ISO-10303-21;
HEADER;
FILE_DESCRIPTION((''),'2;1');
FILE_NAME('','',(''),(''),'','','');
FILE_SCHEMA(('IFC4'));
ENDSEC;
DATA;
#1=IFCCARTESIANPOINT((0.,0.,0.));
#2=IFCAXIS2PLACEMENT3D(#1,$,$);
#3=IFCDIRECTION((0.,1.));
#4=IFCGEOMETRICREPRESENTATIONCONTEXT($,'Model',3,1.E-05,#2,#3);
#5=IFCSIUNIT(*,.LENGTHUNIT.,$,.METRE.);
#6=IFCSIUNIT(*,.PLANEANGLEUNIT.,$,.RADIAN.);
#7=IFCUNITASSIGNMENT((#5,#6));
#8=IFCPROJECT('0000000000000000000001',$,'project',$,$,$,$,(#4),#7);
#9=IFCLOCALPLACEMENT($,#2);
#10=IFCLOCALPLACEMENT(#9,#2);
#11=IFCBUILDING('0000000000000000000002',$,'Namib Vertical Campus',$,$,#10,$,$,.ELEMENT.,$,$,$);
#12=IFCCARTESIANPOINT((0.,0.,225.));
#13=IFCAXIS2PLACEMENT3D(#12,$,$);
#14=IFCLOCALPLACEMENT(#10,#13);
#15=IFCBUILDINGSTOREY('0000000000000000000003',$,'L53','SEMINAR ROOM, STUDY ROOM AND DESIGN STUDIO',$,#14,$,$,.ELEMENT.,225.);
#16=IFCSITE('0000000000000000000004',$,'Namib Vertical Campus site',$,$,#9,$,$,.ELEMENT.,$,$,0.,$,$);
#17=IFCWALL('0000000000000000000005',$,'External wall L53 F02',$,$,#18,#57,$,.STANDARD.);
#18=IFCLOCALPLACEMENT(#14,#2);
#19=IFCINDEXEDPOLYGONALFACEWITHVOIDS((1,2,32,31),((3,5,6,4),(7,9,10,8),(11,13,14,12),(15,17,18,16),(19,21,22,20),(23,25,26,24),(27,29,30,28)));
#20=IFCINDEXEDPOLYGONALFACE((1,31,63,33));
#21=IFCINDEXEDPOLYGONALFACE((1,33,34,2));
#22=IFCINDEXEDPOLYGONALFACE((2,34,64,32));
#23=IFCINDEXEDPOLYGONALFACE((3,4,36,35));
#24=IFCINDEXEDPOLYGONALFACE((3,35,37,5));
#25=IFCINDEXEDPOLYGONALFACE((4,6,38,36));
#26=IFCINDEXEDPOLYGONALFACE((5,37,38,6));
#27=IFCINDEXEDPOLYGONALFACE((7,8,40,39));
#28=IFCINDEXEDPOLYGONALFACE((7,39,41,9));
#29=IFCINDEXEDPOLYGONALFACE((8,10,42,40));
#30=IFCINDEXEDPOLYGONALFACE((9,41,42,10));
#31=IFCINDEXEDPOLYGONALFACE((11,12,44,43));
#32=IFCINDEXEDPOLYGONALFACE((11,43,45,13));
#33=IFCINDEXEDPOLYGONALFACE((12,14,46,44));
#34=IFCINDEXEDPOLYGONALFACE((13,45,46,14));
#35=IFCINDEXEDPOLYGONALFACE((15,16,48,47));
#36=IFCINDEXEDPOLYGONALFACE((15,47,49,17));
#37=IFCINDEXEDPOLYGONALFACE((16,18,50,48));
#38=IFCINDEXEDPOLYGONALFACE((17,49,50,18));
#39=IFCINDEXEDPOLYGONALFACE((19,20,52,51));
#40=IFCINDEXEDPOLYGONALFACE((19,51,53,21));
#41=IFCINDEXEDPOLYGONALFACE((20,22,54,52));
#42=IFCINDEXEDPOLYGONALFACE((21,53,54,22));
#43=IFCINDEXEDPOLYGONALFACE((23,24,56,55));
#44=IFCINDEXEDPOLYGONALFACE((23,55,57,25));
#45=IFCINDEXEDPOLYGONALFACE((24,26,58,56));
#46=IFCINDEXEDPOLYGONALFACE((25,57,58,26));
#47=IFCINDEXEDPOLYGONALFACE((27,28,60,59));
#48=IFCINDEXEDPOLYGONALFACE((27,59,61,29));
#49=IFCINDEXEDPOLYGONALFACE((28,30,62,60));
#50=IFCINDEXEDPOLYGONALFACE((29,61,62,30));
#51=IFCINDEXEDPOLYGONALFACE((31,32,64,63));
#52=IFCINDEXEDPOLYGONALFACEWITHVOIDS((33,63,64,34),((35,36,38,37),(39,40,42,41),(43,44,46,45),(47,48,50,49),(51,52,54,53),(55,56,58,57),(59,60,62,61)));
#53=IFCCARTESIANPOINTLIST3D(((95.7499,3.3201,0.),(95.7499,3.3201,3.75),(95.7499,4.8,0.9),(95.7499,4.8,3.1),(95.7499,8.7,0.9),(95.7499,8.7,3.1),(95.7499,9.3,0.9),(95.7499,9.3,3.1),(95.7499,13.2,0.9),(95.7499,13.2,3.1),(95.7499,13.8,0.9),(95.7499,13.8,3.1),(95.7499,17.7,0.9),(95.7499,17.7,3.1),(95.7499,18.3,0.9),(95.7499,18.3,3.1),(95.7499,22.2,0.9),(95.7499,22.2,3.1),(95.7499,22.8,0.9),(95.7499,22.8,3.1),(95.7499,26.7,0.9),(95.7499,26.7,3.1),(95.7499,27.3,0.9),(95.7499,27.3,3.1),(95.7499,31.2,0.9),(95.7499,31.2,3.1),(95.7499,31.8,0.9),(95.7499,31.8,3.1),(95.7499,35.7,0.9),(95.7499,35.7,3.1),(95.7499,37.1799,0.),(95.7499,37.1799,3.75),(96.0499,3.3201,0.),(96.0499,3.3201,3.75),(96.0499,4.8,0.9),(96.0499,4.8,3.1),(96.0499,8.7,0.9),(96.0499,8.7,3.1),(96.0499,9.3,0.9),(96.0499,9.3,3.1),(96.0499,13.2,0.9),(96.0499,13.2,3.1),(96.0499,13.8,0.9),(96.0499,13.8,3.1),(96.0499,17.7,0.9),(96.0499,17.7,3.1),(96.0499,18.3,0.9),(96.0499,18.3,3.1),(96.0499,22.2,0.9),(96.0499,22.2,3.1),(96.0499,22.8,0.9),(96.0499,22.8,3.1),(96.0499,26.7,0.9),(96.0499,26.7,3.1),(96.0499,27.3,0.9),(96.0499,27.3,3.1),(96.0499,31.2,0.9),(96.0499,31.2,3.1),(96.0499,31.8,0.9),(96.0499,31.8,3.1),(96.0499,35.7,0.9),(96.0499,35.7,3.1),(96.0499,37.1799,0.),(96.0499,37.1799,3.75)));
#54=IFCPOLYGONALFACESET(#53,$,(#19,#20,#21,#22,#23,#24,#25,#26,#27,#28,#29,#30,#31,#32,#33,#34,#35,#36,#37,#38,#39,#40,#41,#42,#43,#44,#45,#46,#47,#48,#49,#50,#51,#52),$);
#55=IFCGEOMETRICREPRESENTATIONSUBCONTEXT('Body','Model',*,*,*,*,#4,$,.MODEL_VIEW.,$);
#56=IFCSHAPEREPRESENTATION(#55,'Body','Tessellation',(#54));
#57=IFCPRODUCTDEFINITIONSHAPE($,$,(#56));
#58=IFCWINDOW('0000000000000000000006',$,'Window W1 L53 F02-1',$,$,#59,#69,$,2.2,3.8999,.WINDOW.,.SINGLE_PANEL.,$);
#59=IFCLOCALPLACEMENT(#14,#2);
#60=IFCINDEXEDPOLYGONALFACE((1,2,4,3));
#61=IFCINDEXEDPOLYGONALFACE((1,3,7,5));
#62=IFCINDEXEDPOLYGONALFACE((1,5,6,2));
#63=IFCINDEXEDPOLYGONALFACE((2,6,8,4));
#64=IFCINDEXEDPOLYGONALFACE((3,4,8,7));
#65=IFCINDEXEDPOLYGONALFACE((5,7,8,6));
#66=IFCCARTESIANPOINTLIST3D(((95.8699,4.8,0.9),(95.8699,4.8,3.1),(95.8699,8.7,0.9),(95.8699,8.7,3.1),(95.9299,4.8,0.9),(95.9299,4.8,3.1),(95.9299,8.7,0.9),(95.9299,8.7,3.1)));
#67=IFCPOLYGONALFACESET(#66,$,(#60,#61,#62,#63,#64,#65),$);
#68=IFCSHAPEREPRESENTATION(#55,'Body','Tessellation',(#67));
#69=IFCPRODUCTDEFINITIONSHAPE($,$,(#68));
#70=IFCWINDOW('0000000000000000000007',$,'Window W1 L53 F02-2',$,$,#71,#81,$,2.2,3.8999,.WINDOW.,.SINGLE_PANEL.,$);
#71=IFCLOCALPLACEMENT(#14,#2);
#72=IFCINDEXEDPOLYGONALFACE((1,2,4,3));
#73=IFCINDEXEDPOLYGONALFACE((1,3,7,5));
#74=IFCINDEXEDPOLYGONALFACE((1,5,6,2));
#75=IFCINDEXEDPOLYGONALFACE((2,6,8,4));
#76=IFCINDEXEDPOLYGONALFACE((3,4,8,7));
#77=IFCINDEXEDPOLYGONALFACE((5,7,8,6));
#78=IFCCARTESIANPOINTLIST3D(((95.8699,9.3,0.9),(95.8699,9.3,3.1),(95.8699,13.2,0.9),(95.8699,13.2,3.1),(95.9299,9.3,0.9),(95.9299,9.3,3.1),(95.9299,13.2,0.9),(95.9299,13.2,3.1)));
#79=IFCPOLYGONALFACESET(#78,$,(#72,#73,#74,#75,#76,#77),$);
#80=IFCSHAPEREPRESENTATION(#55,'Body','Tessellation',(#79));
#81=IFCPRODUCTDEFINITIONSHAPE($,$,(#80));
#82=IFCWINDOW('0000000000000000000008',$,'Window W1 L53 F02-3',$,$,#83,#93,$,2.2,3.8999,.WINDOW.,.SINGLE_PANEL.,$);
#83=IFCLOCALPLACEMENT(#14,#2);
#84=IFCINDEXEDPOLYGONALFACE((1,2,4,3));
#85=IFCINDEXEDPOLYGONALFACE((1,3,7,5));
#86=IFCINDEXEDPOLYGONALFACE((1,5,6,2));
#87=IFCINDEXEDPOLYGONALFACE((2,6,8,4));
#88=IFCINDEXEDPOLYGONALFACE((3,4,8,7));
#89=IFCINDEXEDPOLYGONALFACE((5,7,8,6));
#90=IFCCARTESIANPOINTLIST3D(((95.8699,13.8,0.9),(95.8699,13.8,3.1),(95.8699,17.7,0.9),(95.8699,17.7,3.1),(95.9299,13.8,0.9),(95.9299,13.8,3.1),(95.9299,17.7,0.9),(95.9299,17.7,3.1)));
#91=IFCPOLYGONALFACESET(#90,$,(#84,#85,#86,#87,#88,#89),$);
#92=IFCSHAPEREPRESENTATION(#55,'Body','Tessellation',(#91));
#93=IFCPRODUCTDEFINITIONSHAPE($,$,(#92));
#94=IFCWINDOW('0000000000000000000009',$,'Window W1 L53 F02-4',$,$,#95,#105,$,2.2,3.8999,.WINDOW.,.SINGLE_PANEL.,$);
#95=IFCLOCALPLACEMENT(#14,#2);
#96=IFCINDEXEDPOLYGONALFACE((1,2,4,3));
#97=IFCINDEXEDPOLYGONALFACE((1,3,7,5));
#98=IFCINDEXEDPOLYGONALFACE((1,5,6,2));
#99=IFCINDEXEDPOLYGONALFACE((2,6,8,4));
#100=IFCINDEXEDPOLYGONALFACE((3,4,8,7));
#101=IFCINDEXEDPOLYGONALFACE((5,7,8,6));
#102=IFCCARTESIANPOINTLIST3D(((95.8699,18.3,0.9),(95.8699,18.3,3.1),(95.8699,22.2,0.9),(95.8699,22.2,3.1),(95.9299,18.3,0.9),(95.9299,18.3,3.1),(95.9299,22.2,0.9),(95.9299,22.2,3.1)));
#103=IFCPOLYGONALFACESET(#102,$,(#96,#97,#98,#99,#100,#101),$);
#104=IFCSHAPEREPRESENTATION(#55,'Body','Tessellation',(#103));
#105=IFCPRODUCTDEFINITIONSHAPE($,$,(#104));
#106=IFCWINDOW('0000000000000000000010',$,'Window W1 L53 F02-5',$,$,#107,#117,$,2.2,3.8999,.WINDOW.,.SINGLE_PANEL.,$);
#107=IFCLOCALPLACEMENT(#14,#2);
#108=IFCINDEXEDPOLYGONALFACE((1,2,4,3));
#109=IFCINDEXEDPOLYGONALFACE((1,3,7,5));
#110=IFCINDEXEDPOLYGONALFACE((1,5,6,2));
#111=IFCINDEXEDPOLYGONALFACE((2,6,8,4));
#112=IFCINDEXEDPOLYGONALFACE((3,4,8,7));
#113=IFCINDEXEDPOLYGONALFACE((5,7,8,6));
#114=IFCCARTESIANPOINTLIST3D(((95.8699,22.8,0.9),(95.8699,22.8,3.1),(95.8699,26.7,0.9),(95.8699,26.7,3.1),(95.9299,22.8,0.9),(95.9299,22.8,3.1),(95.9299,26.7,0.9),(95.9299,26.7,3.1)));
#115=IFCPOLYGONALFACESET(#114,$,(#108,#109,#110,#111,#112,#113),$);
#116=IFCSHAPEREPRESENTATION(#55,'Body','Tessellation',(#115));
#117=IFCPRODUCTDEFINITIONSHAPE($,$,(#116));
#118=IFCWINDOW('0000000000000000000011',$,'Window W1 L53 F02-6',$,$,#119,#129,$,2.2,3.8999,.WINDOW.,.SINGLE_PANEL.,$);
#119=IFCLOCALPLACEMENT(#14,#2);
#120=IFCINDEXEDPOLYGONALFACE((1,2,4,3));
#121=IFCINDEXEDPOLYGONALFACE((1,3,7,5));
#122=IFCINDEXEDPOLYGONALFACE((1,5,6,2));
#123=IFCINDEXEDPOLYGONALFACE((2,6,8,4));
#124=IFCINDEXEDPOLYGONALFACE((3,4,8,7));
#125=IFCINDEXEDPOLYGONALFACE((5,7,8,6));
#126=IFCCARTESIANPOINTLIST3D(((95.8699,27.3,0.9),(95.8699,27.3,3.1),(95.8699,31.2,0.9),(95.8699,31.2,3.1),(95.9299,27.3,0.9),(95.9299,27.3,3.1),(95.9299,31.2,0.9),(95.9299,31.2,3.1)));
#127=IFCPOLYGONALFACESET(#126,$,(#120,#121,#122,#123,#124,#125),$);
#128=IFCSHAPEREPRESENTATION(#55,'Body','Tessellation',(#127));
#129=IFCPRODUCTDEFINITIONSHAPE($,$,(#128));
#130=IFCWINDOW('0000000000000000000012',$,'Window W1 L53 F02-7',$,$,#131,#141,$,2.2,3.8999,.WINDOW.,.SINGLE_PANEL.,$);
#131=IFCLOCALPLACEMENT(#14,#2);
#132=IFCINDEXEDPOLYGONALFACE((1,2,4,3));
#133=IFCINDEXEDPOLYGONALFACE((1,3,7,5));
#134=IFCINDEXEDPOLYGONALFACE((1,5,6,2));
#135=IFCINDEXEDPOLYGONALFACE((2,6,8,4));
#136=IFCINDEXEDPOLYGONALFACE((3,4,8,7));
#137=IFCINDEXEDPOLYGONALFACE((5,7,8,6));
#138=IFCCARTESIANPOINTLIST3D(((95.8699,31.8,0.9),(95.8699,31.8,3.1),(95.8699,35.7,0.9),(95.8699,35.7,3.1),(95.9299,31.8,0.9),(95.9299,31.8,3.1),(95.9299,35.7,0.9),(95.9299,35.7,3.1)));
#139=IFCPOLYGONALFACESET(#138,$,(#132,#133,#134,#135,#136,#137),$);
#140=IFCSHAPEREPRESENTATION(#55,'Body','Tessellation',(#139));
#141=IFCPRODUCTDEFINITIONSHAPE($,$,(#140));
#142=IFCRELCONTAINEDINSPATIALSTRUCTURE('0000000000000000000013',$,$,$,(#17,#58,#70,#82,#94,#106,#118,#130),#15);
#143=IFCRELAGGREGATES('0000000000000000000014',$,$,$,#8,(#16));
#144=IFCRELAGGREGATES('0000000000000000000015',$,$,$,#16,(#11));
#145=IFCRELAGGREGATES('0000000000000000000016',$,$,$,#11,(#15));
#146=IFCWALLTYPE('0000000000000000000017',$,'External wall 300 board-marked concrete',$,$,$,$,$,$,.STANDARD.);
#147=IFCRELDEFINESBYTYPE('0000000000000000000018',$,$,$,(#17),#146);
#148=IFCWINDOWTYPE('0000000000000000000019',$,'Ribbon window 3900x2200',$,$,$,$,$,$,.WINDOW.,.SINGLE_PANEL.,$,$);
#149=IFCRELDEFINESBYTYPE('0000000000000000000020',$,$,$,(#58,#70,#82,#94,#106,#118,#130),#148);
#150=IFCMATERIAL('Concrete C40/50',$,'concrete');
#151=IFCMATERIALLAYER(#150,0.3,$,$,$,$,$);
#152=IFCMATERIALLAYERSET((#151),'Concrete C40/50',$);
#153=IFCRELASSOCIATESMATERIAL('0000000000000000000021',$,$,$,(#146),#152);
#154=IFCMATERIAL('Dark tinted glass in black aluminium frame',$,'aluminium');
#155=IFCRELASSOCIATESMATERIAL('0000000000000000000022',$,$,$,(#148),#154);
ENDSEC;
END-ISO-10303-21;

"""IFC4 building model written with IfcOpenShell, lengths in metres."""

from ifc_helpers import new_model, si_unit, direction, frame, frame_2d, origin, place, context, subcontext, project, spatial, rectangle, extrude, material, layer, layer_set, type_object, element, fill, save


model = new_model("IFC4")

# Units and contexts
model_context = context("Model", 3, precision=1e-05, world=origin(), true_north=direction((0.0, 1.0)))
body_context = subcontext(model_context, "Body", "Model", "MODEL_VIEW")
ifc_project = project(units=[si_unit("LENGTHUNIT", "METRE"), si_unit("PLANEANGLEUNIT", "RADIAN")], contexts=[model_context])

# Site, building, storey
site_placement = place(None, origin())
site = spatial("IfcSite", under=ifc_project, at=site_placement, Name="Namib Vertical Campus site", CompositionType="ELEMENT", RefElevation=0.0)
building_placement = place(site_placement, origin())
building = spatial("IfcBuilding", under=site, at=building_placement, Name="Namib Vertical Campus", CompositionType="ELEMENT")
storey_placement = place(building_placement, frame((0.0, 0.0, 225.0)))
storey = spatial("IfcBuildingStorey", under=building, at=storey_placement, Name="L53", Description="SEMINAR ROOM, STUDY ROOM AND DESIGN STUDIO", CompositionType="ELEMENT", Elevation=225.0)

# Wall, openings, windows
ifc_material_1 = material(Name="Concrete C40/50", Category="concrete")
ifc_layer_1 = layer(ifc_material_1, 0.3)
ifc_layer_set_1 = layer_set([ifc_layer_1], Name="Concrete C40/50")
wall_type_1 = type_object("IfcWallType", Name="External wall 300 board-marked concrete", PredefinedType="STANDARD", material=ifc_layer_set_1)
wall_1_placement = place(storey_placement, frame((95.8999, 3.3201, 0.0), z_axis=(0.0, 0.0, 1.0), x_axis=(0.0, 1.0, 0.0)))
wall_1 = element("IfcWall", 1, at=wall_1_placement, inside=storey, type_object=wall_type_1, Name="External wall L53 F02", PredefinedType="STANDARD", context=body_context, shape_type="SweptSolid", body=[
    extrude(rectangle(XDim=33.8599, YDim=0.3, at=frame_2d((16.9299, 0.0))), origin(), (0.0, 0.0, 1.0), 3.75),
])
opening_1_placement = place(wall_1_placement, frame((1.48, 0.0, 0.8999)))
opening_1 = element("IfcOpeningElement", 2, at=opening_1_placement, cuts=wall_1, PredefinedType="OPENING", context=body_context, shape_type="SweptSolid", body=[
    extrude(rectangle(XDim=3.8999, YDim=2.2, at=frame_2d((1.95, 1.1001))), frame((0.0, 0.1599, 0.0), z_axis=(0.0, -1.0, 0.0), x_axis=(1.0, 0.0, 0.0)), (0.0, 0.0, 1.0), 0.3201),
])
opening_2_placement = place(wall_1_placement, frame((5.98, 0.0, 0.8999)))
opening_2 = element("IfcOpeningElement", 3, at=opening_2_placement, cuts=wall_1, PredefinedType="OPENING", context=body_context, shape_type="SweptSolid", body=[
    extrude(rectangle(XDim=3.8999, YDim=2.2, at=frame_2d((1.95, 1.1001))), frame((0.0, 0.1599, 0.0), z_axis=(0.0, -1.0, 0.0), x_axis=(1.0, 0.0, 0.0)), (0.0, 0.0, 1.0), 0.3201),
])
opening_3_placement = place(wall_1_placement, frame((10.48, 0.0, 0.8999)))
opening_3 = element("IfcOpeningElement", 4, at=opening_3_placement, cuts=wall_1, PredefinedType="OPENING", context=body_context, shape_type="SweptSolid", body=[
    extrude(rectangle(XDim=3.8999, YDim=2.2, at=frame_2d((1.95, 1.1001))), frame((0.0, 0.1599, 0.0), z_axis=(0.0, -1.0, 0.0), x_axis=(1.0, 0.0, 0.0)), (0.0, 0.0, 1.0), 0.3201),
])
opening_4_placement = place(wall_1_placement, frame((14.98, 0.0, 0.8999)))
opening_4 = element("IfcOpeningElement", 5, at=opening_4_placement, cuts=wall_1, PredefinedType="OPENING", context=body_context, shape_type="SweptSolid", body=[
    extrude(rectangle(XDim=3.8999, YDim=2.2, at=frame_2d((1.95, 1.1001))), frame((0.0, 0.1599, 0.0), z_axis=(0.0, -1.0, 0.0), x_axis=(1.0, 0.0, 0.0)), (0.0, 0.0, 1.0), 0.3201),
])
opening_5_placement = place(wall_1_placement, frame((19.48, 0.0, 0.8999)))
opening_5 = element("IfcOpeningElement", 6, at=opening_5_placement, cuts=wall_1, PredefinedType="OPENING", context=body_context, shape_type="SweptSolid", body=[
    extrude(rectangle(XDim=3.8999, YDim=2.2, at=frame_2d((1.95, 1.1001))), frame((0.0, 0.1599, 0.0), z_axis=(0.0, -1.0, 0.0), x_axis=(1.0, 0.0, 0.0)), (0.0, 0.0, 1.0), 0.3201),
])
opening_6_placement = place(wall_1_placement, frame((23.98, 0.0, 0.8999)))
opening_6 = element("IfcOpeningElement", 7, at=opening_6_placement, cuts=wall_1, PredefinedType="OPENING", context=body_context, shape_type="SweptSolid", body=[
    extrude(rectangle(XDim=3.8999, YDim=2.2, at=frame_2d((1.95, 1.1001))), frame((0.0, 0.1599, 0.0), z_axis=(0.0, -1.0, 0.0), x_axis=(1.0, 0.0, 0.0)), (0.0, 0.0, 1.0), 0.3201),
])
opening_7_placement = place(wall_1_placement, frame((28.48, 0.0, 0.8999)))
opening_7 = element("IfcOpeningElement", 8, at=opening_7_placement, cuts=wall_1, PredefinedType="OPENING", context=body_context, shape_type="SweptSolid", body=[
    extrude(rectangle(XDim=3.8999, YDim=2.2, at=frame_2d((1.95, 1.1001))), frame((0.0, 0.1599, 0.0), z_axis=(0.0, -1.0, 0.0), x_axis=(1.0, 0.0, 0.0)), (0.0, 0.0, 1.0), 0.3201),
])
ifc_material_2 = material(Name="Dark tinted glass in black aluminium frame", Category="aluminium")
window_type = type_object("IfcWindowType", Name="Ribbon window 3900x2200", PartitioningType="SINGLE_PANEL", PredefinedType="WINDOW", material=ifc_material_2)
window_1_placement = place(opening_1_placement, origin())
window_1 = element("IfcWindow", 9, at=window_1_placement, inside=storey, type_object=window_type, Name="Window W1 L53 F02-1", OverallHeight=2.2, OverallWidth=3.8999, PartitioningType="SINGLE_PANEL", PredefinedType="WINDOW", context=body_context, shape_type="SweptSolid", body=[
    extrude(rectangle(XDim=3.8999, YDim=2.2, at=frame_2d((1.95, 1.1001))), frame((0.0, 0.03, 0.0), z_axis=(0.0, -1.0, 0.0), x_axis=(1.0, 0.0, 0.0)), (0.0, 0.0, 1.0), 0.0601),
])
fill(opening_1, window_1)
window_2_placement = place(opening_2_placement, origin())
window_2 = element("IfcWindow", 10, at=window_2_placement, inside=storey, type_object=window_type, Name="Window W1 L53 F02-2", OverallHeight=2.2, OverallWidth=3.8999, PartitioningType="SINGLE_PANEL", PredefinedType="WINDOW", context=body_context, shape_type="SweptSolid", body=[
    extrude(rectangle(XDim=3.8999, YDim=2.2, at=frame_2d((1.95, 1.1001))), frame((0.0, 0.03, 0.0), z_axis=(0.0, -1.0, 0.0), x_axis=(1.0, 0.0, 0.0)), (0.0, 0.0, 1.0), 0.0601),
])
fill(opening_2, window_2)
window_3_placement = place(opening_3_placement, origin())
window_3 = element("IfcWindow", 11, at=window_3_placement, inside=storey, type_object=window_type, Name="Window W1 L53 F02-3", OverallHeight=2.2, OverallWidth=3.8999, PartitioningType="SINGLE_PANEL", PredefinedType="WINDOW", context=body_context, shape_type="SweptSolid", body=[
    extrude(rectangle(XDim=3.8999, YDim=2.2, at=frame_2d((1.95, 1.1001))), frame((0.0, 0.03, 0.0), z_axis=(0.0, -1.0, 0.0), x_axis=(1.0, 0.0, 0.0)), (0.0, 0.0, 1.0), 0.0601),
])
fill(opening_3, window_3)
window_4_placement = place(opening_4_placement, origin())
window_4 = element("IfcWindow", 12, at=window_4_placement, inside=storey, type_object=window_type, Name="Window W1 L53 F02-4", OverallHeight=2.2, OverallWidth=3.8999, PartitioningType="SINGLE_PANEL", PredefinedType="WINDOW", context=body_context, shape_type="SweptSolid", body=[
    extrude(rectangle(XDim=3.8999, YDim=2.2, at=frame_2d((1.95, 1.1001))), frame((0.0, 0.03, 0.0), z_axis=(0.0, -1.0, 0.0), x_axis=(1.0, 0.0, 0.0)), (0.0, 0.0, 1.0), 0.0601),
])
fill(opening_4, window_4)
window_5_placement = place(opening_5_placement, origin())
window_5 = element("IfcWindow", 13, at=window_5_placement, inside=storey, type_object=window_type, Name="Window W1 L53 F02-5", OverallHeight=2.2, OverallWidth=3.8999, PartitioningType="SINGLE_PANEL", PredefinedType="WINDOW", context=body_context, shape_type="SweptSolid", body=[
    extrude(rectangle(XDim=3.8999, YDim=2.2, at=frame_2d((1.95, 1.1001))), frame((0.0, 0.03, 0.0), z_axis=(0.0, -1.0, 0.0), x_axis=(1.0, 0.0, 0.0)), (0.0, 0.0, 1.0), 0.0601),
])
fill(opening_5, window_5)
window_6_placement = place(opening_6_placement, origin())
window_6 = element("IfcWindow", 14, at=window_6_placement, inside=storey, type_object=window_type, Name="Window W1 L53 F02-6", OverallHeight=2.2, OverallWidth=3.8999, PartitioningType="SINGLE_PANEL", PredefinedType="WINDOW", context=body_context, shape_type="SweptSolid", body=[
    extrude(rectangle(XDim=3.8999, YDim=2.2, at=frame_2d((1.95, 1.1001))), frame((0.0, 0.03, 0.0), z_axis=(0.0, -1.0, 0.0), x_axis=(1.0, 0.0, 0.0)), (0.0, 0.0, 1.0), 0.0601),
])
fill(opening_6, window_6)
window_7_placement = place(opening_7_placement, origin())
window_7 = element("IfcWindow", 15, at=window_7_placement, inside=storey, type_object=window_type, Name="Window W1 L53 F02-7", OverallHeight=2.2, OverallWidth=3.8999, PartitioningType="SINGLE_PANEL", PredefinedType="WINDOW", context=body_context, shape_type="SweptSolid", body=[
    extrude(rectangle(XDim=3.8999, YDim=2.2, at=frame_2d((1.95, 1.1001))), frame((0.0, 0.03, 0.0), z_axis=(0.0, -1.0, 0.0), x_axis=(1.0, 0.0, 0.0)), (0.0, 0.0, 1.0), 0.0601),
])
fill(opening_7, window_7)

save(model, "model.ifc")
